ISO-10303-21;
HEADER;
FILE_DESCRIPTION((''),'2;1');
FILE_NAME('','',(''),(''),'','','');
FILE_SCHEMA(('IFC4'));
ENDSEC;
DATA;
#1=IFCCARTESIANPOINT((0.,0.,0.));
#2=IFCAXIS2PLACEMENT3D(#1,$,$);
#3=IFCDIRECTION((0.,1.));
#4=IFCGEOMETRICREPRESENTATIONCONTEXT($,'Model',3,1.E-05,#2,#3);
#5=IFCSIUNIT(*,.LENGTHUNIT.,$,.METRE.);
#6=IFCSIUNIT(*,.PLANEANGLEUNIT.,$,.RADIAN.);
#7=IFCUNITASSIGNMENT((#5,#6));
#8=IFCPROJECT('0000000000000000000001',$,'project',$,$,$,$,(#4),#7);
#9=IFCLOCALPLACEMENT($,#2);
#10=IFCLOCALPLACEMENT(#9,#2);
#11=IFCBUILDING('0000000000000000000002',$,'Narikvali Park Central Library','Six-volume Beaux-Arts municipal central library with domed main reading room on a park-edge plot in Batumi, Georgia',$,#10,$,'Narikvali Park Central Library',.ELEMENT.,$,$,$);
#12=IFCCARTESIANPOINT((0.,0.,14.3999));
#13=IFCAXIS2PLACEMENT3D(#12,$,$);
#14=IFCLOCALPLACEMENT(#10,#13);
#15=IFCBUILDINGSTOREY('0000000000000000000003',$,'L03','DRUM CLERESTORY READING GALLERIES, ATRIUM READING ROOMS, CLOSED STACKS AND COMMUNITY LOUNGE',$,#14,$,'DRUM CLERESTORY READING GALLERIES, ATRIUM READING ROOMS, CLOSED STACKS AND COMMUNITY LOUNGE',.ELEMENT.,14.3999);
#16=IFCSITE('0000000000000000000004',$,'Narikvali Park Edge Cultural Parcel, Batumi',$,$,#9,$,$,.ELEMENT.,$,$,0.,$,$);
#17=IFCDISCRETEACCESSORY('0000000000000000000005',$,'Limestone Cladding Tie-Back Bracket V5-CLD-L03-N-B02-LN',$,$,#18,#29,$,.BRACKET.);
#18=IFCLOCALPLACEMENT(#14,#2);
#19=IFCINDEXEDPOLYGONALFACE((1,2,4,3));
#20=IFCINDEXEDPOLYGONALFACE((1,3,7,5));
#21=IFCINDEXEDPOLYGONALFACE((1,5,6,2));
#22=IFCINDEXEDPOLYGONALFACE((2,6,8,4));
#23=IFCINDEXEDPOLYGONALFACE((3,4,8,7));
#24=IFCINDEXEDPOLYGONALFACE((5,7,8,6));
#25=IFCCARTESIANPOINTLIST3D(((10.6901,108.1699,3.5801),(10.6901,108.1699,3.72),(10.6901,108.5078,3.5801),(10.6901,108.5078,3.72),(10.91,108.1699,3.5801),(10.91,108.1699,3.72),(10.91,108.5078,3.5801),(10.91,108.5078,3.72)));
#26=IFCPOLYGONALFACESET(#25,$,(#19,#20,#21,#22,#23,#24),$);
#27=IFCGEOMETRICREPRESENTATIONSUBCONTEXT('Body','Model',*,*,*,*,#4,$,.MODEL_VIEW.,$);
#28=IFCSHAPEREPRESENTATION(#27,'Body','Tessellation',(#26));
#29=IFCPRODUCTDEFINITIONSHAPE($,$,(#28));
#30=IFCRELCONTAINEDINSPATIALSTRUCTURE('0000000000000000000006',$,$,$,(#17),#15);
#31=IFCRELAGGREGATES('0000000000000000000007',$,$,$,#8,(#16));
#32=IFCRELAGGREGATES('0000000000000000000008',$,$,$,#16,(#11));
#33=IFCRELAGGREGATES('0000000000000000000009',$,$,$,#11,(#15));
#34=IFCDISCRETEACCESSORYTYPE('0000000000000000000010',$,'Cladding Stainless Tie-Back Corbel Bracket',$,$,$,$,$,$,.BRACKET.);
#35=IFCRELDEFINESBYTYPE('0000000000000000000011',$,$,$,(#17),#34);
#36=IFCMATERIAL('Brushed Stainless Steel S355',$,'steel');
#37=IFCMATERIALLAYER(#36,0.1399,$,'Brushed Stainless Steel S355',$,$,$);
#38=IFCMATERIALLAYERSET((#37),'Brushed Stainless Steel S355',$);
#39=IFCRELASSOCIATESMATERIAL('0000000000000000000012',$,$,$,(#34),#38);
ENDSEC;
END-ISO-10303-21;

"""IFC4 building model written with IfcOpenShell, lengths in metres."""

from ifc_helpers import new_model, si_unit, direction, frame, origin, origin_2d, place, context, subcontext, project, spatial, rectangle, extrude, material, layer, layer_set, type_object, element, save


model = new_model("IFC4")

# Units and contexts
model_context = context("Model", 3, precision=1e-05, world=origin(), true_north=direction((0.0, 1.0)))
body_context = subcontext(model_context, "Body", "Model", "MODEL_VIEW")
ifc_project = project(units=[si_unit("LENGTHUNIT", "METRE"), si_unit("PLANEANGLEUNIT", "RADIAN")], contexts=[model_context])

# Site, building, storey
site_placement = place(None, origin())
site = spatial("IfcSite", under=ifc_project, at=site_placement, Name="Narikvali Park Edge Cultural Parcel, Batumi", CompositionType="ELEMENT", RefElevation=0.0)
building_placement = place(site_placement, origin())
building = spatial("IfcBuilding", under=site, at=building_placement, Name="Narikvali Park Central Library", Description="Six-volume Beaux-Arts municipal central library with domed main reading room on a park-edge plot in Batumi, Georgia", LongName="Narikvali Park Central Library", CompositionType="ELEMENT")
storey_placement = place(building_placement, frame((0.0, 0.0, 14.3999)))
storey = spatial("IfcBuildingStorey", under=building, at=storey_placement, Name="L03", Description="DRUM CLERESTORY READING GALLERIES, ATRIUM READING ROOMS, CLOSED STACKS AND COMMUNITY LOUNGE", LongName="DRUM CLERESTORY READING GALLERIES, ATRIUM READING ROOMS, CLOSED STACKS AND COMMUNITY LOUNGE", CompositionType="ELEMENT", Elevation=14.3999)

# Shared definitions
ifc_material_1 = material(Name="Brushed Stainless Steel S355", Category="steel")

# Discrete accessory
ifc_layer_1 = layer(ifc_material_1, 0.1399, Name="Brushed Stainless Steel S355")
ifc_layer_set_1 = layer_set([ifc_layer_1], Name="Brushed Stainless Steel S355")
discrete_accessory_type = type_object("IfcDiscreteAccessoryType", Name="Cladding Stainless Tie-Back Corbel Bracket", PredefinedType="BRACKET", material=ifc_layer_set_1)
discrete_accessory_1_placement = place(storey_placement, frame((10.8, 108.3389, 3.5801), z_axis=(0.0, 0.0, 1.0), x_axis=(1.0, 0.0, 0.0)))
element("IfcDiscreteAccessory", 1, at=discrete_accessory_1_placement, inside=storey, type_object=discrete_accessory_type, Name="Limestone Cladding Tie-Back Bracket V5-CLD-L03-N-B02-LN", PredefinedType="BRACKET", context=body_context, shape_type="SweptSolid", body=[
    extrude(rectangle(XDim=0.22, YDim=0.3379, at=origin_2d()), origin(), (0.0, 0.0, 1.0), 0.1399),
])

save(model, "model.ifc")
